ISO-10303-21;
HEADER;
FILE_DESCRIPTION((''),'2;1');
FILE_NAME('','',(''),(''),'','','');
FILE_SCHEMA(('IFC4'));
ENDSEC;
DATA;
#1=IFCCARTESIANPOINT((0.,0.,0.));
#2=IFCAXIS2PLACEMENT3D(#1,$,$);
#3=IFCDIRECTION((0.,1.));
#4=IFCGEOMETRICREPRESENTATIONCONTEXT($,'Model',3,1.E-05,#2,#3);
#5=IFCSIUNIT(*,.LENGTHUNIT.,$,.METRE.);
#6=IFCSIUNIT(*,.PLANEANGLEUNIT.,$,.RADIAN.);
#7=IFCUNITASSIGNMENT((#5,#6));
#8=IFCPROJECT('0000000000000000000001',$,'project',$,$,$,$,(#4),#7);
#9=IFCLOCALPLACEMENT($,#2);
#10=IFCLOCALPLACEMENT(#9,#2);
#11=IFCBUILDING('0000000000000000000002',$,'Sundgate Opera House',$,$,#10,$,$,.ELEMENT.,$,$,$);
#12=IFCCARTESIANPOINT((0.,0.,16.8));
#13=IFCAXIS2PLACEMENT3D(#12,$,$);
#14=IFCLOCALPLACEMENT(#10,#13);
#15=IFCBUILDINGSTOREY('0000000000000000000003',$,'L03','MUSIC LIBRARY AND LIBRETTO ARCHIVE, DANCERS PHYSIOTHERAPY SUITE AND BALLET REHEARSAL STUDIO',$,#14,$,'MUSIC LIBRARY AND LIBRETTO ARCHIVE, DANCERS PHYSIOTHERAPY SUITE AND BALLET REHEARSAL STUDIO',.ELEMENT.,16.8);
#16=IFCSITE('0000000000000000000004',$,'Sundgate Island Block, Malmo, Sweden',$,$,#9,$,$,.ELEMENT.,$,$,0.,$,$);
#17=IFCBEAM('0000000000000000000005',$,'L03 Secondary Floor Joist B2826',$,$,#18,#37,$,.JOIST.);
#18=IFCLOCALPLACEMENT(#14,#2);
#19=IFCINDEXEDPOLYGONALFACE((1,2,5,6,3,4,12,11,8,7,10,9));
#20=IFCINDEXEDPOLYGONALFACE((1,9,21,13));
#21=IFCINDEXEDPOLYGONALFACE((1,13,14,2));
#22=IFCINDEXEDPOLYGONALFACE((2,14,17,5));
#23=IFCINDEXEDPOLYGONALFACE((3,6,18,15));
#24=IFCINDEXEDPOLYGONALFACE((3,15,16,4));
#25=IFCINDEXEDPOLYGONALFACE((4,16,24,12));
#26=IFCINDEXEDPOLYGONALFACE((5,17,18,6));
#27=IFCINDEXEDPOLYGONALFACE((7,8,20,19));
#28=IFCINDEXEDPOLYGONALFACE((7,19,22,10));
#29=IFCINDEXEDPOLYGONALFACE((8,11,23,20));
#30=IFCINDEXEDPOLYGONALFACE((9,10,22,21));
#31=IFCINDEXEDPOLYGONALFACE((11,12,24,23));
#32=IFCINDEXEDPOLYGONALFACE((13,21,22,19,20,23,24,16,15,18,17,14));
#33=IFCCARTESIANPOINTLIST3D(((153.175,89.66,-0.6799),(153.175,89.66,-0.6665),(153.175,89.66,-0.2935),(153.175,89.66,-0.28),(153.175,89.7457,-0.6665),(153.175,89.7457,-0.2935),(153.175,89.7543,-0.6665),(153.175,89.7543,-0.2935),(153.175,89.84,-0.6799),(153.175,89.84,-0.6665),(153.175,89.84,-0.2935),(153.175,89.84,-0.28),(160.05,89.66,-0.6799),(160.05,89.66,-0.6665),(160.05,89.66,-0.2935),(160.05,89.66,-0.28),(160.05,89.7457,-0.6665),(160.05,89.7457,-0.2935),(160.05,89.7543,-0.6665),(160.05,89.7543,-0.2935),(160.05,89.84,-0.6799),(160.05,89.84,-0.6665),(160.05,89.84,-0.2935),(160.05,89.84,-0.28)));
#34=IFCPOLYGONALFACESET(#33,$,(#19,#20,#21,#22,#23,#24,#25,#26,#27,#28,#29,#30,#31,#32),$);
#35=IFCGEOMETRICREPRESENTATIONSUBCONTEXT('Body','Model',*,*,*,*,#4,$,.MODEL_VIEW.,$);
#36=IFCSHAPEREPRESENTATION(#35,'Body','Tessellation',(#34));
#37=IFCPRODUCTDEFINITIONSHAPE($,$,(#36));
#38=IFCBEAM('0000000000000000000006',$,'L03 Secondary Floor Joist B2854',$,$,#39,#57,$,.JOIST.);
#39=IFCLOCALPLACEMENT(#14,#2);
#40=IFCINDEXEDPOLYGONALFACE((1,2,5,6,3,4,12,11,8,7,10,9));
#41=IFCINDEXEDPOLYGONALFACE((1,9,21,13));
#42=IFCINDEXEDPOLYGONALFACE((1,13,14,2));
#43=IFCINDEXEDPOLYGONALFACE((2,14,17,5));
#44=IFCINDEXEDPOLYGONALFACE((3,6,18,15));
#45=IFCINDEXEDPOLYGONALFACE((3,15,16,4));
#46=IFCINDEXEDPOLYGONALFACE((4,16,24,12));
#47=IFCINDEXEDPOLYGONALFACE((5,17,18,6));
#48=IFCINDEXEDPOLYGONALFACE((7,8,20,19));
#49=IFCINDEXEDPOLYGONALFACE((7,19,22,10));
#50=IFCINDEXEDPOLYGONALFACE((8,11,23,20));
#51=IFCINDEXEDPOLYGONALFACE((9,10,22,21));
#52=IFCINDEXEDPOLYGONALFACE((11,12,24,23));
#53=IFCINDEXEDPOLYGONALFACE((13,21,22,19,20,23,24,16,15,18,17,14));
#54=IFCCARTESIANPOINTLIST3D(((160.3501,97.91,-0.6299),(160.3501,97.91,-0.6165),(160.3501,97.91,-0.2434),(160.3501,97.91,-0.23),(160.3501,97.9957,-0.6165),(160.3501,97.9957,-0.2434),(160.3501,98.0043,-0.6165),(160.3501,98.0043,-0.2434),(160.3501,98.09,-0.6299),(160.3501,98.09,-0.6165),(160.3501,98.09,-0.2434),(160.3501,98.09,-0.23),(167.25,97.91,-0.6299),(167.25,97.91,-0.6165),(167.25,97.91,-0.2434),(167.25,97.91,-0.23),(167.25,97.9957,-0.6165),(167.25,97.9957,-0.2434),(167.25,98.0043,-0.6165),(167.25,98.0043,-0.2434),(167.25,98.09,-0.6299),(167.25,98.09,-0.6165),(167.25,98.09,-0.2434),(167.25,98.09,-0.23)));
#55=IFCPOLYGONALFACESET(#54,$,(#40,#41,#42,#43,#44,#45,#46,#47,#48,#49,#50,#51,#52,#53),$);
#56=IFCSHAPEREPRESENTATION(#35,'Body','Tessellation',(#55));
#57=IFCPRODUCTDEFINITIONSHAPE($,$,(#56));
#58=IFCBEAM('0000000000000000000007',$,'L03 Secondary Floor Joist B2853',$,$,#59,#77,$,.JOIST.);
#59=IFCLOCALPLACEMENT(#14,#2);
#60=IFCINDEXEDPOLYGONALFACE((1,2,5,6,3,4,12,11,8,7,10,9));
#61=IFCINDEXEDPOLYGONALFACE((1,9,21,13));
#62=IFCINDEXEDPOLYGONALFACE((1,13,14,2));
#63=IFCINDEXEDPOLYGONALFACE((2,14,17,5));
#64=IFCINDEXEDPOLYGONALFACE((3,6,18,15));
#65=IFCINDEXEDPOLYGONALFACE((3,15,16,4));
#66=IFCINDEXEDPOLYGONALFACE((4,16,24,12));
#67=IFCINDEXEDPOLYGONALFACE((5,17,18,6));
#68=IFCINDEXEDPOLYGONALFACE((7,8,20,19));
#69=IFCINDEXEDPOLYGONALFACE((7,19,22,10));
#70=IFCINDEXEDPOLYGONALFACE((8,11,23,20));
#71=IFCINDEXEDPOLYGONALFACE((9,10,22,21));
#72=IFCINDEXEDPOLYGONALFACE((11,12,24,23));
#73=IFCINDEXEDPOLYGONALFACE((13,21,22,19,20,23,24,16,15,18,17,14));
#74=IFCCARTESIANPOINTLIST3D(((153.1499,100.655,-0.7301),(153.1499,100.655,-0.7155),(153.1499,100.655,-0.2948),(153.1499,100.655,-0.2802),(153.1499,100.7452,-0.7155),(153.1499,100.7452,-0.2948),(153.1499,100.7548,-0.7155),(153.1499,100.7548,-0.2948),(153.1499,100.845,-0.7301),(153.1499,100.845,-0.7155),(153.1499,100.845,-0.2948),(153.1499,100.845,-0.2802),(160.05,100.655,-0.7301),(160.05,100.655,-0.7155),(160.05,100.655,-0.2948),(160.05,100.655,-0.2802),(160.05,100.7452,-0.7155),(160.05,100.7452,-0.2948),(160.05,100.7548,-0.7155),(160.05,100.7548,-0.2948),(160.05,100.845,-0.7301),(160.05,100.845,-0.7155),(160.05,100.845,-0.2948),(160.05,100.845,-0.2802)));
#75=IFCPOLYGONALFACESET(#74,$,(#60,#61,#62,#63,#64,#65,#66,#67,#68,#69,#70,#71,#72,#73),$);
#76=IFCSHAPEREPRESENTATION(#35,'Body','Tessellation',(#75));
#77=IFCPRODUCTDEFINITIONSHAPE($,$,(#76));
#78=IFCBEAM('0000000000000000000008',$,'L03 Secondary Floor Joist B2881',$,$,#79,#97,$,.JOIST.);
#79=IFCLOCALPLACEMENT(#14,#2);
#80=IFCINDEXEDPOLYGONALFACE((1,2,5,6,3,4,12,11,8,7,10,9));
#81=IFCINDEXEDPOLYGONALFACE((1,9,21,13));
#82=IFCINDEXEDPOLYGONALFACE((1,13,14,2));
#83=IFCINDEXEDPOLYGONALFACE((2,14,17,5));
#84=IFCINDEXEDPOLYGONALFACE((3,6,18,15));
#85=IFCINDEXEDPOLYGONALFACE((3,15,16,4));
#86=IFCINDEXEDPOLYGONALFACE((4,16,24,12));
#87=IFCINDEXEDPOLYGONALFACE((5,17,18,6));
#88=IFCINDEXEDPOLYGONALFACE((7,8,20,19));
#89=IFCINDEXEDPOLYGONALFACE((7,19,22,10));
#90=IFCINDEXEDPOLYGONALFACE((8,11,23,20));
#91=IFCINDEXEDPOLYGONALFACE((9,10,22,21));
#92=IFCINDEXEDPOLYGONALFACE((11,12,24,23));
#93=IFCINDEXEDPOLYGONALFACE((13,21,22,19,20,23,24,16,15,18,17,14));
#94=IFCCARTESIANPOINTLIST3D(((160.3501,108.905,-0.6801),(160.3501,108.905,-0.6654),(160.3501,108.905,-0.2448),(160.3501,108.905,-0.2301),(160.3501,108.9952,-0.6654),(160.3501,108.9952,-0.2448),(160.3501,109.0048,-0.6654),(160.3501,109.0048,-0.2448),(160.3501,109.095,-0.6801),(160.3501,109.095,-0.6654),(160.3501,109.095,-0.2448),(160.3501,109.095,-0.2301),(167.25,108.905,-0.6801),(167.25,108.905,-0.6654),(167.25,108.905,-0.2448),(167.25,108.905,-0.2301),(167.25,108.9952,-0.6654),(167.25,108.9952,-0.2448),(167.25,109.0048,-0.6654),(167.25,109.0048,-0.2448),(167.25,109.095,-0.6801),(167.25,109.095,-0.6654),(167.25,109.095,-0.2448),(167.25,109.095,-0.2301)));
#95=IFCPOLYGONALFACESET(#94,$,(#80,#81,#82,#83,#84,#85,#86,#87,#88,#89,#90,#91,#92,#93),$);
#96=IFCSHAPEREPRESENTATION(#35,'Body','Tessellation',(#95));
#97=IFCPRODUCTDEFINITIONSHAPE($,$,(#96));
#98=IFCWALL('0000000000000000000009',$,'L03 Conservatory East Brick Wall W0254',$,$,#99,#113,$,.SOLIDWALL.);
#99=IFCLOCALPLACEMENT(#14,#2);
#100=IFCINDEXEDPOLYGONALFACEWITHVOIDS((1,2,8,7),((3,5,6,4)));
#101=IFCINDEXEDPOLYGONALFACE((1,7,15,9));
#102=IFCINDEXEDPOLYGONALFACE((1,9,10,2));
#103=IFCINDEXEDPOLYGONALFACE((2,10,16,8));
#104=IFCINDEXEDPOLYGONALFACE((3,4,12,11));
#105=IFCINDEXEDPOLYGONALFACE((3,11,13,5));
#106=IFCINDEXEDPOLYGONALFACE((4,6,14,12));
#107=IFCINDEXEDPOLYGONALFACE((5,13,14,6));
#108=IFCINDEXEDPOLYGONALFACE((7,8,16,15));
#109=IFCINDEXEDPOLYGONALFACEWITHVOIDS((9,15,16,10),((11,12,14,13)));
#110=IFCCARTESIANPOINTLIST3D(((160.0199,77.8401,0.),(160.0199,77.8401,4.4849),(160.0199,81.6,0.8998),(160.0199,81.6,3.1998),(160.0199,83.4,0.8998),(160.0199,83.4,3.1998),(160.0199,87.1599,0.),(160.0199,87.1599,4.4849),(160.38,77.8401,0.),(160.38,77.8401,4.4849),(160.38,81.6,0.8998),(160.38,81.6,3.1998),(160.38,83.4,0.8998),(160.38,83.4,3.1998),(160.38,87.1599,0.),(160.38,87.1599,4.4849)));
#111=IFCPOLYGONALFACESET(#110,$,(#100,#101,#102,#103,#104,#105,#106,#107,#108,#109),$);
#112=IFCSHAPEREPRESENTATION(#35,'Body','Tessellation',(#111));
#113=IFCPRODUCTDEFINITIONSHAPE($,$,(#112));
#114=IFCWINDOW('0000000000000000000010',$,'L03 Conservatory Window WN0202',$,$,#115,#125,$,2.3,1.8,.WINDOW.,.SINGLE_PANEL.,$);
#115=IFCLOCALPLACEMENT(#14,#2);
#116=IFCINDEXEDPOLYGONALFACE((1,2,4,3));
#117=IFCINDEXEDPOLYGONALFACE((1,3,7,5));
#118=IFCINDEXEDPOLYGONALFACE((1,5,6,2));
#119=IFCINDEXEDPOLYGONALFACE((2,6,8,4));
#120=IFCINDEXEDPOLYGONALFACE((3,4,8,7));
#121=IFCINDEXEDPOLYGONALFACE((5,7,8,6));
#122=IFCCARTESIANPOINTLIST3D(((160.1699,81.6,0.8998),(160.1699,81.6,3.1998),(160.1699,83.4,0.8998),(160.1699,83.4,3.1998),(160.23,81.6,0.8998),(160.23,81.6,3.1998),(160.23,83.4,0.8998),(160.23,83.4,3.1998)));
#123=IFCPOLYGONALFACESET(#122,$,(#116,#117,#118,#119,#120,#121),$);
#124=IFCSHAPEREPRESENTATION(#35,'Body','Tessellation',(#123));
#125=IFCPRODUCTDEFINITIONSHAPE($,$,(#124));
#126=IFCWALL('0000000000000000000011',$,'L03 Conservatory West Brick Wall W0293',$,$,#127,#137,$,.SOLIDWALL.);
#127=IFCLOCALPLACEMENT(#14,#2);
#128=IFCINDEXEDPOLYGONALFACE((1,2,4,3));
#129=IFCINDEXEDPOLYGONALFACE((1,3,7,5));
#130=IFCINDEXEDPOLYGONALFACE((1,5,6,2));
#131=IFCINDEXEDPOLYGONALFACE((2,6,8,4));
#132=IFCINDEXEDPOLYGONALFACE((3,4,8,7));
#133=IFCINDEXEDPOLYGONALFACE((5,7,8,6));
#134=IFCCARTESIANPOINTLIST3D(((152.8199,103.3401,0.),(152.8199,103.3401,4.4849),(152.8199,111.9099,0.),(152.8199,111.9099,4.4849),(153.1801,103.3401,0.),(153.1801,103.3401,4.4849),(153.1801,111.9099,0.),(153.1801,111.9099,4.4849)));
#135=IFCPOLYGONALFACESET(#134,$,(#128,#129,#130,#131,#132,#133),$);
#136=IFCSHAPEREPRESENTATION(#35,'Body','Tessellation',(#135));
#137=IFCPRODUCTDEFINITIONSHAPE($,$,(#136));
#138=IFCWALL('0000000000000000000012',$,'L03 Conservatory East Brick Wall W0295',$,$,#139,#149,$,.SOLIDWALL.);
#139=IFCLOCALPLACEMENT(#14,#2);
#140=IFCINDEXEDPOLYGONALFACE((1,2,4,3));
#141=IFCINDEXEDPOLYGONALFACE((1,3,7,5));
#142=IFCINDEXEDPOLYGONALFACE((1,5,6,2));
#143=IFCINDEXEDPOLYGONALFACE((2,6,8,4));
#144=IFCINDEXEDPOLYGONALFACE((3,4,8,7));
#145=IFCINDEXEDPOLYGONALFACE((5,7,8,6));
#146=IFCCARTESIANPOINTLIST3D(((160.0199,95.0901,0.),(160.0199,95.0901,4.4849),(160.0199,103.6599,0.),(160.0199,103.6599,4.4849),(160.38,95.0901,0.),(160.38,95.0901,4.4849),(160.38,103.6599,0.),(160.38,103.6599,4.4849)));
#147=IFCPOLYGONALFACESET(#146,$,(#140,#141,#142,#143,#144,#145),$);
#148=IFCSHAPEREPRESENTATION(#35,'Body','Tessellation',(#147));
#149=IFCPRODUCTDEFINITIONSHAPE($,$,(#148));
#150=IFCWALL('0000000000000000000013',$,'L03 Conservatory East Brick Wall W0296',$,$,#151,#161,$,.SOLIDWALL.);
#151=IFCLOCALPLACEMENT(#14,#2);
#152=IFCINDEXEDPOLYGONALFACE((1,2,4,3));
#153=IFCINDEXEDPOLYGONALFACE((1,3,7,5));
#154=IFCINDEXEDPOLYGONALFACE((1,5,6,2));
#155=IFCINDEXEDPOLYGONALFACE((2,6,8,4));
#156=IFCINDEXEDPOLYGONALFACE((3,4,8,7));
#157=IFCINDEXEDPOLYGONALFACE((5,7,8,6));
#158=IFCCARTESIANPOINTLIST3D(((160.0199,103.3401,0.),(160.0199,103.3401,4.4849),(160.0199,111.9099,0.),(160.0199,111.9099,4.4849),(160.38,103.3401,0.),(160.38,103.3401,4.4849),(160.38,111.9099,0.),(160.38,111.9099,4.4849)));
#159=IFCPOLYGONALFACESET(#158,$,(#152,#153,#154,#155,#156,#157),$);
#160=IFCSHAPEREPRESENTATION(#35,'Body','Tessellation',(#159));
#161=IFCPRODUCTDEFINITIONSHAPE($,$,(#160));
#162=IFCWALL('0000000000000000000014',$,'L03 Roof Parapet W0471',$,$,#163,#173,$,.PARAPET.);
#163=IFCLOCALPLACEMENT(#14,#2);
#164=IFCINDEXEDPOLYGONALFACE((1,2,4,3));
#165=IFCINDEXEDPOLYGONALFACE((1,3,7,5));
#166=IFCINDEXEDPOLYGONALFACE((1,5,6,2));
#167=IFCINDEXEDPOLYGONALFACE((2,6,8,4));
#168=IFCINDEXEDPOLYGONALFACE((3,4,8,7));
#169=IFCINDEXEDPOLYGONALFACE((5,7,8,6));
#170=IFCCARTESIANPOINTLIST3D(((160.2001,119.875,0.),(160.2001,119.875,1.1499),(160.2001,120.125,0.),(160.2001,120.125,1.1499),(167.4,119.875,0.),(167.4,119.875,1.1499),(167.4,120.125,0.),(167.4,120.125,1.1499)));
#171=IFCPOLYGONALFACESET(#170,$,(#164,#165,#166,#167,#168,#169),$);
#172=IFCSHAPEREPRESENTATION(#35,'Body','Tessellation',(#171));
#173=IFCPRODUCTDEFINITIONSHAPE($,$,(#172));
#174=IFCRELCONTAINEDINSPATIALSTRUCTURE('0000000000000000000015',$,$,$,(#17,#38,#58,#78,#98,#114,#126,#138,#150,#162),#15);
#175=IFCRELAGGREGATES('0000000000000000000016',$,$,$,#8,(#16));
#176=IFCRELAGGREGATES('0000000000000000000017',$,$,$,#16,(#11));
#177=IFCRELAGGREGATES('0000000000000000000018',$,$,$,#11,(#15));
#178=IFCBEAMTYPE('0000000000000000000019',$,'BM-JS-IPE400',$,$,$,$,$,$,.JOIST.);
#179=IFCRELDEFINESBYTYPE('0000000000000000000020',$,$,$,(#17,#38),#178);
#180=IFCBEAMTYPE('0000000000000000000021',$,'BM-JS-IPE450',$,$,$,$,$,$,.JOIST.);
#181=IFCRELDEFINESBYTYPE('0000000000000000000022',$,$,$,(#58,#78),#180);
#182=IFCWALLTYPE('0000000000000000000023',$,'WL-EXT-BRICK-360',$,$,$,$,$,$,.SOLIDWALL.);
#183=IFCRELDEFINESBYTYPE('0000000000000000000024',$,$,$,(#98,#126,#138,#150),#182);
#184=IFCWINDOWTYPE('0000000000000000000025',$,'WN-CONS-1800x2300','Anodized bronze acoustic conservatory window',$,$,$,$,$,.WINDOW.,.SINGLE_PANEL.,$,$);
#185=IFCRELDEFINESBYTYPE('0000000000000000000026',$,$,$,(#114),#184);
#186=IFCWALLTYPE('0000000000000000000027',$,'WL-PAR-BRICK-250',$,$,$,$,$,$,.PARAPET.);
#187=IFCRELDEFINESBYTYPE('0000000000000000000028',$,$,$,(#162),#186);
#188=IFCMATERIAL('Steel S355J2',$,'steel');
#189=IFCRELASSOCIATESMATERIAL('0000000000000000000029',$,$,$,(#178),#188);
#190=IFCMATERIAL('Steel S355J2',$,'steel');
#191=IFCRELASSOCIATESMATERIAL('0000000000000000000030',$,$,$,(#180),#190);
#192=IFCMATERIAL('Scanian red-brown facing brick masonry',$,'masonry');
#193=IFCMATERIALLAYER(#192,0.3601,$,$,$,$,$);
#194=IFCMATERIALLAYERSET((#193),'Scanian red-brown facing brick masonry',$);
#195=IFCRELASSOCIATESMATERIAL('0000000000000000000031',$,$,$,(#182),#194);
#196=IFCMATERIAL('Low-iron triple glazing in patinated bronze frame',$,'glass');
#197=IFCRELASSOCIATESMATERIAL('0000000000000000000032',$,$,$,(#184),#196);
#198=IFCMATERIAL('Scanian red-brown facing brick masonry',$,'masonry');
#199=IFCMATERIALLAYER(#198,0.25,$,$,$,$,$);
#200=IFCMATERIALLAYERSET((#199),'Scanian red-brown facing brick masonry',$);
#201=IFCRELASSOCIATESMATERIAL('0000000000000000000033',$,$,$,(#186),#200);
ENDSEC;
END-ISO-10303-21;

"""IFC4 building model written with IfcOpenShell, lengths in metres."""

from ifc_helpers import new_model, si_unit, direction, frame, frame_2d, origin, origin_2d, place, context, subcontext, project, spatial, rectangle, i_section, extrude, material, layer, layer_set, material_profile, profile_set, type_object, element, fill, save


model = new_model("IFC4")

# Units and contexts
model_context = context("Model", 3, precision=1e-05, world=origin(), true_north=direction((0.0, 1.0)))
body_context = subcontext(model_context, "Body", "Model", "MODEL_VIEW")
ifc_project = project(units=[si_unit("LENGTHUNIT", "METRE"), si_unit("PLANEANGLEUNIT", "RADIAN")], contexts=[model_context])

# Site, building, storey
site_placement = place(None, origin())
site = spatial("IfcSite", under=ifc_project, at=site_placement, Name="Sundgate Island Block, Malmo, Sweden", CompositionType="ELEMENT", RefElevation=0.0)
building_placement = place(site_placement, origin())
building = spatial("IfcBuilding", under=site, at=building_placement, Name="Sundgate Opera House", CompositionType="ELEMENT")
storey_placement = place(building_placement, frame((0.0, 0.0, 16.8)))
storey = spatial("IfcBuildingStorey", under=building, at=storey_placement, Name="L03", Description="MUSIC LIBRARY AND LIBRETTO ARCHIVE, DANCERS PHYSIOTHERAPY SUITE AND BALLET REHEARSAL STUDIO", LongName="MUSIC LIBRARY AND LIBRETTO ARCHIVE, DANCERS PHYSIOTHERAPY SUITE AND BALLET REHEARSAL STUDIO", CompositionType="ELEMENT", Elevation=16.8)

# Beams
ifc_material_1 = material(Name="Steel S355J2", Category="steel")
ifc_material_profile_1 = material_profile(ifc_material_1, i_section(OverallWidth=0.1799, OverallDepth=0.3999, WebThickness=0.0085, FlangeThickness=0.0134, at=origin_2d()), Name="IPE 400")
ifc_profile_set_1 = profile_set([ifc_material_profile_1], Name="Steel S355J2")
beam_type_1 = type_object("IfcBeamType", Name="BM-JS-IPE400", PredefinedType="JOIST", material=ifc_profile_set_1)
beam_1_placement = place(storey_placement, frame((153.175, 89.75, -0.48), z_axis=(1.0, 0.0, 0.0), x_axis=(0.0, 1.0, 0.0)))
element("IfcBeam", 1, at=beam_1_placement, inside=storey, type_object=beam_type_1, Name="L03 Secondary Floor Joist B2826", PredefinedType="JOIST", context=body_context, shape_type="SweptSolid", body=[
    extrude(i_section(OverallWidth=0.1799, OverallDepth=0.3999, WebThickness=0.0085, FlangeThickness=0.0134, at=origin_2d()), origin(), (0.0, 0.0, 1.0), 6.875),
])
beam_2_placement = place(storey_placement, frame((160.3501, 98.0, -0.4299), z_axis=(1.0, 0.0, 0.0), x_axis=(0.0, 1.0, 0.0)))
element("IfcBeam", 2, at=beam_2_placement, inside=storey, type_object=beam_type_1, Name="L03 Secondary Floor Joist B2854", PredefinedType="JOIST", context=body_context, shape_type="SweptSolid", body=[
    extrude(i_section(OverallWidth=0.1799, OverallDepth=0.3999, WebThickness=0.0085, FlangeThickness=0.0134, at=origin_2d()), origin(), (0.0, 0.0, 1.0), 6.8999),
])
ifc_material_2 = material(Name="Steel S355J2", Category="steel")
ifc_material_profile_2 = material_profile(ifc_material_2, i_section(OverallWidth=0.1899, OverallDepth=0.45, WebThickness=0.0095, FlangeThickness=0.0146, at=origin_2d()), Name="IPE 450")
ifc_profile_set_2 = profile_set([ifc_material_profile_2], Name="Steel S355J2")
beam_type_2 = type_object("IfcBeamType", Name="BM-JS-IPE450", PredefinedType="JOIST", material=ifc_profile_set_2)
beam_3_placement = place(storey_placement, frame((153.1499, 100.75, -0.5051), z_axis=(1.0, 0.0, 0.0), x_axis=(0.0, 1.0, 0.0)))
element("IfcBeam", 3, at=beam_3_placement, inside=storey, type_object=beam_type_2, Name="L03 Secondary Floor Joist B2853", PredefinedType="JOIST", context=body_context, shape_type="SweptSolid", body=[
    extrude(i_section(OverallWidth=0.1899, OverallDepth=0.45, WebThickness=0.0095, FlangeThickness=0.0146, at=origin_2d()), origin(), (0.0, 0.0, 1.0), 6.9001),
])
beam_4_placement = place(storey_placement, frame((160.3501, 109.0, -0.4551), z_axis=(1.0, 0.0, 0.0), x_axis=(0.0, 1.0, 0.0)))
element("IfcBeam", 4, at=beam_4_placement, inside=storey, type_object=beam_type_2, Name="L03 Secondary Floor Joist B2881", PredefinedType="JOIST", context=body_context, shape_type="SweptSolid", body=[
    extrude(i_section(OverallWidth=0.1899, OverallDepth=0.45, WebThickness=0.0095, FlangeThickness=0.0146, at=origin_2d()), origin(), (0.0, 0.0, 1.0), 6.8999),
])

# Wall, opening, window
ifc_material_3 = material(Name="Scanian red-brown facing brick masonry", Category="masonry")
ifc_layer_1 = layer(ifc_material_3, 0.3601)
ifc_layer_set_1 = layer_set([ifc_layer_1], Name="Scanian red-brown facing brick masonry")
wall_type_1 = type_object("IfcWallType", Name="WL-EXT-BRICK-360", PredefinedType="SOLIDWALL", material=ifc_layer_set_1)
wall_1_placement = place(storey_placement, frame((160.2, 87.1599, 0.0), z_axis=(0.0, 0.0, 1.0), x_axis=(0.0, -1.0, 0.0)))
wall_1 = element("IfcWall", 5, at=wall_1_placement, inside=storey, type_object=wall_type_1, Name="L03 Conservatory East Brick Wall W0254", PredefinedType="SOLIDWALL", context=body_context, shape_type="SweptSolid", body=[
    extrude(rectangle(XDim=9.3198, YDim=0.3601, at=frame_2d((4.6599, 0.0))), origin(), (0.0, 0.0, 1.0), 4.4849),
])
opening_placement = place(wall_1_placement, frame((3.76, 0.0, 0.8999)))
opening = element("IfcOpeningElement", 6, at=opening_placement, cuts=wall_1, PredefinedType="OPENING", context=body_context, shape_type="SweptSolid", body=[
    extrude(rectangle(XDim=1.8, YDim=2.3, at=frame_2d((0.8999, 1.1499))), frame((0.0, 0.1899, 0.0), z_axis=(0.0, -1.0, 0.0), x_axis=(1.0, 0.0, 0.0)), (0.0, 0.0, 1.0), 0.3801),
])
ifc_material_4 = material(Name="Low-iron triple glazing in patinated bronze frame", Category="glass")
window_type = type_object("IfcWindowType", Name="WN-CONS-1800x2300", Description="Anodized bronze acoustic conservatory window", PartitioningType="SINGLE_PANEL", PredefinedType="WINDOW", material=ifc_material_4)
window_placement = place(opening_placement, origin())
window = element("IfcWindow", 7, at=window_placement, inside=storey, type_object=window_type, Name="L03 Conservatory Window WN0202", OverallHeight=2.3, OverallWidth=1.8, PartitioningType="SINGLE_PANEL", PredefinedType="WINDOW", context=body_context, shape_type="SweptSolid", body=[
    extrude(rectangle(XDim=1.8, YDim=2.3, at=frame_2d((0.8999, 1.1499))), frame((0.0, 0.03, 0.0), z_axis=(0.0, -1.0, 0.0), x_axis=(1.0, 0.0, 0.0)), (0.0, 0.0, 1.0), 0.0601),
])
fill(opening, window)

# Walls
for number, where, z_axis, x_axis, name in (
    (8, (153.0, 111.9099, 0.0), (0.0, 0.0, 1.0), (0.0, -1.0, 0.0), "L03 Conservatory West Brick Wall W0293"),
    (9, (160.2, 95.0901, 0.0), (0.0, 0.0, 1.0), (0.0, 1.0, 0.0), "L03 Conservatory East Brick Wall W0295"),
    (10, (160.2, 103.3401, 0.0), (0.0, 0.0, 1.0), (0.0, 1.0, 0.0), "L03 Conservatory East Brick Wall W0296"),
):
    element("IfcWall", number, at=place(storey_placement, frame(where, z_axis=z_axis, x_axis=x_axis)), inside=storey, type_object=wall_type_1, Name=name, PredefinedType="SOLIDWALL", context=body_context, shape_type="SweptSolid", body=[
        extrude(rectangle(XDim=8.5698, YDim=0.3601, at=frame_2d((4.2849, 0.0))), origin(), (0.0, 0.0, 1.0), 4.4849),
    ])
ifc_material_5 = material(Name="Scanian red-brown facing brick masonry", Category="masonry")
ifc_layer_2 = layer(ifc_material_5, 0.25)
ifc_layer_set_2 = layer_set([ifc_layer_2], Name="Scanian red-brown facing brick masonry")
wall_type_2 = type_object("IfcWallType", Name="WL-PAR-BRICK-250", PredefinedType="PARAPET", material=ifc_layer_set_2)
wall_2_placement = place(storey_placement, frame((160.2, 120.0, 0.0), z_axis=(0.0, 0.0, 1.0), x_axis=(1.0, 0.0, 0.0)))
element("IfcWall", 11, at=wall_2_placement, inside=storey, type_object=wall_type_2, Name="L03 Roof Parapet W0471", PredefinedType="PARAPET", context=body_context, shape_type="SweptSolid", body=[
    extrude(rectangle(XDim=7.2, YDim=0.25, at=frame_2d((3.6001, 0.0))), origin(), (0.0, 0.0, 1.0), 1.1499),
])

save(model, "model.ifc")
